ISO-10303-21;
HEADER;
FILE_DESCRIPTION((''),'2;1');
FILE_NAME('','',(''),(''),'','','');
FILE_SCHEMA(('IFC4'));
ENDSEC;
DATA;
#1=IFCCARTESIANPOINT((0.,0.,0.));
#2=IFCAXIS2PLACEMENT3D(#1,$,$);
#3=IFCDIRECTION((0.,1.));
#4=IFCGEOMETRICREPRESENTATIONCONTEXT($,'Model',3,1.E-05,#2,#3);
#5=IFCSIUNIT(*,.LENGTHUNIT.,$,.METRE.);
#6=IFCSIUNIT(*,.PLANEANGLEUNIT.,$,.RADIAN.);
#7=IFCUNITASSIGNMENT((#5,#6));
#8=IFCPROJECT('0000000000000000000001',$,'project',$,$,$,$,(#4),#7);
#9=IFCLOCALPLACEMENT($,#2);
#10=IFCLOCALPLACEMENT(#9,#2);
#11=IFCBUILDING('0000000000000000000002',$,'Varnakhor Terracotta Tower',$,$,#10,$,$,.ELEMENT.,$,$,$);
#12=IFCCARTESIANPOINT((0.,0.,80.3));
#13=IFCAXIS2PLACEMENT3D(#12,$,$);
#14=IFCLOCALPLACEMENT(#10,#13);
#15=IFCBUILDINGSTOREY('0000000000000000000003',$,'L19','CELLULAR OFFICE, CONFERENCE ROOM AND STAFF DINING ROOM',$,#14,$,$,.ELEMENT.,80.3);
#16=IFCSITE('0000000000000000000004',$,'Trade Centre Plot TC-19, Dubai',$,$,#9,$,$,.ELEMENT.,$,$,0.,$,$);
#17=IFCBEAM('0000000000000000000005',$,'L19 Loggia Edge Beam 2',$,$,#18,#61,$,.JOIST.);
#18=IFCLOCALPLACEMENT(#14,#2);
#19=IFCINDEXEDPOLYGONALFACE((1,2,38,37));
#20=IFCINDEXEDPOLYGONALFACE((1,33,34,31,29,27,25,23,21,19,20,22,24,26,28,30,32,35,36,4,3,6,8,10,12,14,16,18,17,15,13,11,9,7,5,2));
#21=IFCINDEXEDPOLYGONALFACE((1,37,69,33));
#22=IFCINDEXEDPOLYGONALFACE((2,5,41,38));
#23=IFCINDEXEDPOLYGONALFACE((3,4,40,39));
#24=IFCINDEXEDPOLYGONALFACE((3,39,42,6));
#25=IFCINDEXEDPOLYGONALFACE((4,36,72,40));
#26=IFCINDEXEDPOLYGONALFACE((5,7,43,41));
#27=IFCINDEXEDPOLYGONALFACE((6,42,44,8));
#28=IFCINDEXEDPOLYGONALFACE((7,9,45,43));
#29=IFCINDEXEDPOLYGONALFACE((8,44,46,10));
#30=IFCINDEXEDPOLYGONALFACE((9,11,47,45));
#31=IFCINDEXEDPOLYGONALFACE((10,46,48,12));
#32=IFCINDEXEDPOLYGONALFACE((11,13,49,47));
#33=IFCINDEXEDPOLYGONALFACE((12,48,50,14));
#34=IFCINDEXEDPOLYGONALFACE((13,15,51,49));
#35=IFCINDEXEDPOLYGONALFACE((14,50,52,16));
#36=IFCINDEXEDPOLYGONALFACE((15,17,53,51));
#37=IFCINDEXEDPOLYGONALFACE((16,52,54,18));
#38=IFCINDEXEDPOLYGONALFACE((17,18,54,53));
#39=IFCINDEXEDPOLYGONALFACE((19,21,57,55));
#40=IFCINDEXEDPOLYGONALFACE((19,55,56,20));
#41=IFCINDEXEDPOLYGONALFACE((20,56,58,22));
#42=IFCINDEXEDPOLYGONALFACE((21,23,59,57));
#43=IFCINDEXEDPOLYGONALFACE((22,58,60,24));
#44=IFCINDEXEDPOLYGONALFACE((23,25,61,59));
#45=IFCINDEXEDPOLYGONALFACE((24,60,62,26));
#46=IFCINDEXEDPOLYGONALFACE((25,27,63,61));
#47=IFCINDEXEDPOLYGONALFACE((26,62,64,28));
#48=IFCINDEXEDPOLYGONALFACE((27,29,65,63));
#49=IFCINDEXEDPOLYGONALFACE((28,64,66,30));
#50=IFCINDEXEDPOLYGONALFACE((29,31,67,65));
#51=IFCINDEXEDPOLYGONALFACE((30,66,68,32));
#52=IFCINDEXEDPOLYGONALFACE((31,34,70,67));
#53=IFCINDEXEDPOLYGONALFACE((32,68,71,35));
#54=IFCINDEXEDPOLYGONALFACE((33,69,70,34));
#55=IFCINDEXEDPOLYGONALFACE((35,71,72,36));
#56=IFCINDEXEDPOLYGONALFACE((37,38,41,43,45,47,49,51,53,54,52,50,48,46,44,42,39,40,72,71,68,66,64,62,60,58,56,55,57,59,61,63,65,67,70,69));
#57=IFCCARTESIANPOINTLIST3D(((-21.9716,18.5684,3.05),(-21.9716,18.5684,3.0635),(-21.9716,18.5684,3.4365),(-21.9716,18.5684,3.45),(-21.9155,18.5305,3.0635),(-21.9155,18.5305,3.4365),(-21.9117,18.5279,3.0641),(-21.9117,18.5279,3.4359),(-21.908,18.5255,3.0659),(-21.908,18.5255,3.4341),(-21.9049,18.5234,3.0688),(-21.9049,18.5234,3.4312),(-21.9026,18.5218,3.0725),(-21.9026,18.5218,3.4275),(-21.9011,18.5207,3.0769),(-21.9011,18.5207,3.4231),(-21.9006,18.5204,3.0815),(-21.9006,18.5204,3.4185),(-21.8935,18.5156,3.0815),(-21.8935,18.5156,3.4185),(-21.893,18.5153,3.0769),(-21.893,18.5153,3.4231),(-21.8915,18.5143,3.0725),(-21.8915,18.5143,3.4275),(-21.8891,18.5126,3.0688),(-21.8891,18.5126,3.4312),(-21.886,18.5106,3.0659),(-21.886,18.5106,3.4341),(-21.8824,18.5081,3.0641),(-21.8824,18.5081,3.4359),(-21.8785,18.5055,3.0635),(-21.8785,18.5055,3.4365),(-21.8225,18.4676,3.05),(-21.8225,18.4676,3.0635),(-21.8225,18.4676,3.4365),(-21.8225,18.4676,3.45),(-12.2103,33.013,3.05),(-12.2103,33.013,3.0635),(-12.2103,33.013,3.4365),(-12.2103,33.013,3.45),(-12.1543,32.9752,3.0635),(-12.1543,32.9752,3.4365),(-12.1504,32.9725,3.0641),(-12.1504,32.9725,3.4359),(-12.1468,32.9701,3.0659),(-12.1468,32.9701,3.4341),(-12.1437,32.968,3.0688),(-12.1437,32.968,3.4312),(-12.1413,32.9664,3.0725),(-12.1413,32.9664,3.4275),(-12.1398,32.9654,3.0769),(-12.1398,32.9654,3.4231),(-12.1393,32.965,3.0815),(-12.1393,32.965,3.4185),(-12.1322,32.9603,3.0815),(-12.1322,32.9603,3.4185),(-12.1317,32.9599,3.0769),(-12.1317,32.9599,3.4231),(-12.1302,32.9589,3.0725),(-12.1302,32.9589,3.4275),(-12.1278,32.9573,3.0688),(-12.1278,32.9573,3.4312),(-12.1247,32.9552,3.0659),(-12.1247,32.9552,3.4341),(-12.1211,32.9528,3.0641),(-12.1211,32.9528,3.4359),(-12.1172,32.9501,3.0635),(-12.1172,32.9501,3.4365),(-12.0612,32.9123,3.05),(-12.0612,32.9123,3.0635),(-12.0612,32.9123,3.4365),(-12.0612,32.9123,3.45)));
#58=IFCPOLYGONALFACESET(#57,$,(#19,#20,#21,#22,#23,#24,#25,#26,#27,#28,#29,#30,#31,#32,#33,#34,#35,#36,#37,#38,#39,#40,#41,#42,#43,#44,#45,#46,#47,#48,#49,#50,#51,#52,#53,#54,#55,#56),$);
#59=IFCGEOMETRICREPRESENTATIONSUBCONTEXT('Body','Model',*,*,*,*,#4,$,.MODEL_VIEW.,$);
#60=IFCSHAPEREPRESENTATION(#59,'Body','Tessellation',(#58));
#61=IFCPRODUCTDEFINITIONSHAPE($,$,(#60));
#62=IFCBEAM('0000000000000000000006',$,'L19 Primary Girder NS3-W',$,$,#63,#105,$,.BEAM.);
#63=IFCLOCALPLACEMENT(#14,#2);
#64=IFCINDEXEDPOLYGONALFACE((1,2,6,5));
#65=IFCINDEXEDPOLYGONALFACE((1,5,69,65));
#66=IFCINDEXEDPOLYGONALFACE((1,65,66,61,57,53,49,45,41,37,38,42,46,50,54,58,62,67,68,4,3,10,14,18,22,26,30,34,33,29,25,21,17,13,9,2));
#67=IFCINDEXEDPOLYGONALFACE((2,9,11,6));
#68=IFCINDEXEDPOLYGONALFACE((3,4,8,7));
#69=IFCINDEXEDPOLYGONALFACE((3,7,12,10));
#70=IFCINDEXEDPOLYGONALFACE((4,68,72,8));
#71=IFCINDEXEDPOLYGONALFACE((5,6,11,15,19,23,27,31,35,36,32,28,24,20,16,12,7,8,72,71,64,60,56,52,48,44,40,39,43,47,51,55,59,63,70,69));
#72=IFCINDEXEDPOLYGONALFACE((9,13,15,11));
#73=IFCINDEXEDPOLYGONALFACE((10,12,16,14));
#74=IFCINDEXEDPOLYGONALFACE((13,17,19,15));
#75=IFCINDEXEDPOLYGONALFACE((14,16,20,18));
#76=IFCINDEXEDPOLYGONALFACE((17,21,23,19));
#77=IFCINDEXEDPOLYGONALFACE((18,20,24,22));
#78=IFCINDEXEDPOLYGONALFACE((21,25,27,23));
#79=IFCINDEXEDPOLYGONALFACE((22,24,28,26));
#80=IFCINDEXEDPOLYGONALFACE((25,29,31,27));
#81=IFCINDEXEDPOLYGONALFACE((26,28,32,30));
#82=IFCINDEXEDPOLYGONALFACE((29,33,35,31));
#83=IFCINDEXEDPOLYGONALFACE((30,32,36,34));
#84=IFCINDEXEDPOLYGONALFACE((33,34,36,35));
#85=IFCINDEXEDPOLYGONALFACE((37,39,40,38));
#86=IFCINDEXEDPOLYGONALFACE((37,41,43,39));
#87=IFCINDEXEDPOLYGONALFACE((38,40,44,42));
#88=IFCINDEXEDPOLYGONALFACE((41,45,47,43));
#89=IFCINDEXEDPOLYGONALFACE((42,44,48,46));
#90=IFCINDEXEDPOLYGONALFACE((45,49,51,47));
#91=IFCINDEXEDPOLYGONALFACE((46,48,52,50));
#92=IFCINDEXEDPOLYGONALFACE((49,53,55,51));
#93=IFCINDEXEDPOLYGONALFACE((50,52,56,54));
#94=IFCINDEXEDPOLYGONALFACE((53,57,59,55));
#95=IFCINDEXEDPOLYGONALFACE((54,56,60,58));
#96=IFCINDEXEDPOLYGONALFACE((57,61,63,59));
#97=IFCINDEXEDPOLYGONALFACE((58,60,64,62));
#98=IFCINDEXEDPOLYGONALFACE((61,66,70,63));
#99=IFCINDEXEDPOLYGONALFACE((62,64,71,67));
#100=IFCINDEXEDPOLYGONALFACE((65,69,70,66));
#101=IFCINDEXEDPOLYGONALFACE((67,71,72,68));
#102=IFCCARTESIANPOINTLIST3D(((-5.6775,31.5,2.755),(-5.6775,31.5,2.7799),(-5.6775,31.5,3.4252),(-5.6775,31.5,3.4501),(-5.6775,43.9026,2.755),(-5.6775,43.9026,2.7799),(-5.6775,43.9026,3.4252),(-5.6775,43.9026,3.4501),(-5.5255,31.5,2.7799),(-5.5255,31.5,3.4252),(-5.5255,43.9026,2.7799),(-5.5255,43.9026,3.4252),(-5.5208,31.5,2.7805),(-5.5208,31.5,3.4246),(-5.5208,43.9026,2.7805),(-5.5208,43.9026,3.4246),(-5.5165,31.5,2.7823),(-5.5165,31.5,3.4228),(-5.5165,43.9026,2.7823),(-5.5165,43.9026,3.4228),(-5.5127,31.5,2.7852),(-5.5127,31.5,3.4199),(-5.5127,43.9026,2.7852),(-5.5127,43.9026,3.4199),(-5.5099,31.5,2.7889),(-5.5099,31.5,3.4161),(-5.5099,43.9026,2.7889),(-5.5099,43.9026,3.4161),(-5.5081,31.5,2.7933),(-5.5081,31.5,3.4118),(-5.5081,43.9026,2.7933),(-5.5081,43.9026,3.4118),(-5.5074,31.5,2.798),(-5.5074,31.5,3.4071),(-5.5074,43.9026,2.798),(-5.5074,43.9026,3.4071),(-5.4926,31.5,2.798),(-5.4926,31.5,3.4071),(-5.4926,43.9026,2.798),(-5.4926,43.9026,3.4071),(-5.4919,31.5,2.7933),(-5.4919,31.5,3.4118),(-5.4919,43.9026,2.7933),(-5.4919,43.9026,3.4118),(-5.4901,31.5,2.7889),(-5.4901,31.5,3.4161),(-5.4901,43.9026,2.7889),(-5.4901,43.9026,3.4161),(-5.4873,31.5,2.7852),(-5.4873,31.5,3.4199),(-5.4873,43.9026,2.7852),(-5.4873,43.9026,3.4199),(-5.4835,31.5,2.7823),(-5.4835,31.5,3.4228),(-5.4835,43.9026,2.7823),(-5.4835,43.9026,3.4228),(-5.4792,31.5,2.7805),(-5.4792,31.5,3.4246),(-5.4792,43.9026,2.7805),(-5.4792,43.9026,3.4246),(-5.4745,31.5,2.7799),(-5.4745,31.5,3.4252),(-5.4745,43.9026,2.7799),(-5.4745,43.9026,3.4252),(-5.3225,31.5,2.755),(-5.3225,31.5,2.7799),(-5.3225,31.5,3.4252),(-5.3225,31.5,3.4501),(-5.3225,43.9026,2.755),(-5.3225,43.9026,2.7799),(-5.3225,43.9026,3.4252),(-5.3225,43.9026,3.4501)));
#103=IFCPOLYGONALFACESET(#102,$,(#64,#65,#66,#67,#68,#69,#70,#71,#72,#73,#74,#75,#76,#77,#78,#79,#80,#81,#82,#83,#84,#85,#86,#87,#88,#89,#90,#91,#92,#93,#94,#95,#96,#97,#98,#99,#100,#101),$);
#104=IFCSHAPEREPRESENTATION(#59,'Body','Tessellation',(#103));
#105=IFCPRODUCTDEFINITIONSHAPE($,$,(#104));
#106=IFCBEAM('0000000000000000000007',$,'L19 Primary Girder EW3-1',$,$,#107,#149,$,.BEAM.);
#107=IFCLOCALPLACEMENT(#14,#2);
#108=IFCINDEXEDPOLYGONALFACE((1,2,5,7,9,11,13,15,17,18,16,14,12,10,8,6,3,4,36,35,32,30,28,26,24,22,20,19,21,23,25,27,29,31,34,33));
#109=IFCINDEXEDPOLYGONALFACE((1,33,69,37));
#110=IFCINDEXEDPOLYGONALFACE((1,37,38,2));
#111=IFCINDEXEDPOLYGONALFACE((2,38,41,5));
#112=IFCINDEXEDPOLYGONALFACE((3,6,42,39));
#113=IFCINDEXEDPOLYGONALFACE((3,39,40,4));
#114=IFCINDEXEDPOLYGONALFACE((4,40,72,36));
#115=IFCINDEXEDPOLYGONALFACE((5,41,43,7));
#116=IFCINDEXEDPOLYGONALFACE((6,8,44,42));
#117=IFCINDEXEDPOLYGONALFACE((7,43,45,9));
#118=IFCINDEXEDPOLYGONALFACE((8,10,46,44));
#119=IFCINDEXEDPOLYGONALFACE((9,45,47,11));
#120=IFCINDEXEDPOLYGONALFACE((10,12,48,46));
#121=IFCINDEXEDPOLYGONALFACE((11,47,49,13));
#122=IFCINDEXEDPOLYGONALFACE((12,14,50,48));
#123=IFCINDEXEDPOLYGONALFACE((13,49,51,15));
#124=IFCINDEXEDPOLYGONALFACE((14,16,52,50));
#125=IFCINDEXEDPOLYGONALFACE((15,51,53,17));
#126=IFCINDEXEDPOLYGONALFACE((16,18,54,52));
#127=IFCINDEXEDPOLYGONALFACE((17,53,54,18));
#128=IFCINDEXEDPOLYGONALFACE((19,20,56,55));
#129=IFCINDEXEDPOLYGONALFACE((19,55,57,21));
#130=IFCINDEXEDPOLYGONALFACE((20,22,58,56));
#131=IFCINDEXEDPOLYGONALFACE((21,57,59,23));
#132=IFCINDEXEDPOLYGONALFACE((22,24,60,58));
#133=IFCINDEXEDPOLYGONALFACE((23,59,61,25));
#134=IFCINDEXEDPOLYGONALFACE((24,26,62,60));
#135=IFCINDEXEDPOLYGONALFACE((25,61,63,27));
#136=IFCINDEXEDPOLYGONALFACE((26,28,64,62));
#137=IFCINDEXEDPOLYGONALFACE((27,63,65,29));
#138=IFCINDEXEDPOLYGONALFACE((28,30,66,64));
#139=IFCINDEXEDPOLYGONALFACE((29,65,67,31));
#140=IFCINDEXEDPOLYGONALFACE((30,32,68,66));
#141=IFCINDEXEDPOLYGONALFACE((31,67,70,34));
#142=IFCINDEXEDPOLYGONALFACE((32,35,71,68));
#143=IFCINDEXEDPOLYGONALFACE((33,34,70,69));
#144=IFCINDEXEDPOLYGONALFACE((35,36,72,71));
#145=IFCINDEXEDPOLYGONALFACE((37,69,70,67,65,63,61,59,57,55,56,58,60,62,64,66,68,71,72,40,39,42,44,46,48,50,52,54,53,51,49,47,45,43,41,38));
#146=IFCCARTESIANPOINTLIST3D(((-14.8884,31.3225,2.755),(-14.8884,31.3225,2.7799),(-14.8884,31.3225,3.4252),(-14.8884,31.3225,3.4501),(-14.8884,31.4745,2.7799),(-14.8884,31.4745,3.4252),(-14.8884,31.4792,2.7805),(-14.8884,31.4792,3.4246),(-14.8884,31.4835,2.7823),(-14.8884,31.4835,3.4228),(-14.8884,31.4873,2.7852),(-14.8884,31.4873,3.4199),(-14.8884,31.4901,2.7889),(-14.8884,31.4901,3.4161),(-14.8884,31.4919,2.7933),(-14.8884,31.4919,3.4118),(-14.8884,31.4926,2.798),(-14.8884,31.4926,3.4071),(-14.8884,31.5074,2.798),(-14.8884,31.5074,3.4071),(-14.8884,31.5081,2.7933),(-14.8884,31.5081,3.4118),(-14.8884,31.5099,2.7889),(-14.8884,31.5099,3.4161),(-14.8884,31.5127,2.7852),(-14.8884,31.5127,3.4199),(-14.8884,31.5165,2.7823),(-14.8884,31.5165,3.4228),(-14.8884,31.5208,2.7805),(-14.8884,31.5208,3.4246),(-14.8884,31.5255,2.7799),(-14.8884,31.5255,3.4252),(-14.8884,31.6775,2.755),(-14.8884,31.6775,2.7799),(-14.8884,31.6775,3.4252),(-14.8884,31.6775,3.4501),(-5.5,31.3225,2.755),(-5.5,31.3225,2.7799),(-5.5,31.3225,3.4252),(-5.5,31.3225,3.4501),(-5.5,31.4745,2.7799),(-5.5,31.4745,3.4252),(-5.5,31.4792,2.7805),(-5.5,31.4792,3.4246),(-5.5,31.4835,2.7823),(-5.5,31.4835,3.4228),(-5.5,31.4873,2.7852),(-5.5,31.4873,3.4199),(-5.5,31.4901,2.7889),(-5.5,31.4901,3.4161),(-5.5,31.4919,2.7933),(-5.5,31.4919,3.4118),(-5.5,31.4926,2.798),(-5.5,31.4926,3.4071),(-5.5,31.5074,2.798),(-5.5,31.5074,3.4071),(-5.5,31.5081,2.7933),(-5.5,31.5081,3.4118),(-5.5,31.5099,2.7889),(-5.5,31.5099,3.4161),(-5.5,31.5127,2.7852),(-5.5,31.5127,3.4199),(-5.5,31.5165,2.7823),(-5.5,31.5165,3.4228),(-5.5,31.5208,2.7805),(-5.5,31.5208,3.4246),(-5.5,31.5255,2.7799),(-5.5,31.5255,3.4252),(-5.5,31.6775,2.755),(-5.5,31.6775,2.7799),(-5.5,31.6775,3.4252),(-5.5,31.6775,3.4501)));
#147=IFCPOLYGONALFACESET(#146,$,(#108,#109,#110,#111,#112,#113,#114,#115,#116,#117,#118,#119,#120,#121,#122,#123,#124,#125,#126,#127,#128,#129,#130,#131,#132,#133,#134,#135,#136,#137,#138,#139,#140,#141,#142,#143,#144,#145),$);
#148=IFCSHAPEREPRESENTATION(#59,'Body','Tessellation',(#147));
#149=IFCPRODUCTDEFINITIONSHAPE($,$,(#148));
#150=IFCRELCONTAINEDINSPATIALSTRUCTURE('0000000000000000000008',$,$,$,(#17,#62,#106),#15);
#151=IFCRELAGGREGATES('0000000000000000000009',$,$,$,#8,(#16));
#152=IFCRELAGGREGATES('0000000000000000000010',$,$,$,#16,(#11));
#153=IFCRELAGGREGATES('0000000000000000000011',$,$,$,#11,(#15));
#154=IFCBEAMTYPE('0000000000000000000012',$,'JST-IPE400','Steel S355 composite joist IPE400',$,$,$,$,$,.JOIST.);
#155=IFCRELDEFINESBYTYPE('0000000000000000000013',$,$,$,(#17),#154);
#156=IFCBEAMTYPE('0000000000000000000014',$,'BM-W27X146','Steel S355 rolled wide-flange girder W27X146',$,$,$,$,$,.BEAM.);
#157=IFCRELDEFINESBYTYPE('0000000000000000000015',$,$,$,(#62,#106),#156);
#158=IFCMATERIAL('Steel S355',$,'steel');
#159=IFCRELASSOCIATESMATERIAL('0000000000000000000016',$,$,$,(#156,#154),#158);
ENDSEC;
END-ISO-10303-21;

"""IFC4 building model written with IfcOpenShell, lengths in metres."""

from ifc_helpers import new_model, si_unit, direction, frame, origin, origin_2d, place, context, subcontext, project, spatial, i_section, extrude, source, transform, mapped, material, material_profile, profile_set, type_object, element, save


model = new_model("IFC4")

# Units and contexts
model_context = context("Model", 3, precision=1e-05, world=origin(), true_north=direction((0.0, 1.0)))
body_context = subcontext(model_context, "Body", "Model", "MODEL_VIEW")
ifc_project = project(units=[si_unit("LENGTHUNIT", "METRE"), si_unit("PLANEANGLEUNIT", "RADIAN")], contexts=[model_context])

# Site, building, storey
site_placement = place(None, origin())
site = spatial("IfcSite", under=ifc_project, at=site_placement, Name="Trade Centre Plot TC-19, Dubai", CompositionType="ELEMENT", RefElevation=0.0)
building_placement = place(site_placement, origin())
building = spatial("IfcBuilding", under=site, at=building_placement, Name="Varnakhor Terracotta Tower", CompositionType="ELEMENT")
storey_placement = place(building_placement, frame((0.0, 0.0, 80.3)))
storey = spatial("IfcBuildingStorey", under=building, at=storey_placement, Name="L19", Description="CELLULAR OFFICE, CONFERENCE ROOM AND STAFF DINING ROOM", CompositionType="ELEMENT", Elevation=80.3)

# Beams
ifc_material_1 = material(Name="Steel S355", Category="steel")
ifc_material_profile_1 = material_profile(ifc_material_1, i_section(OverallWidth=0.355, OverallDepth=0.6951, WebThickness=0.0149, FlangeThickness=0.0249, FilletRadius=0.0181, at=origin_2d()), Name="W27X146")
ifc_profile_set_1 = profile_set([ifc_material_profile_1], Name="Steel S355")
beam_type_1 = type_object("IfcBeamType", Name="BM-W27X146", Description="Steel S355 rolled wide-flange girder W27X146", PredefinedType="BEAM", material=ifc_profile_set_1)
ifc_material_profile_2 = material_profile(ifc_material_1, i_section(OverallWidth=0.1799, OverallDepth=0.3999, WebThickness=0.0085, FlangeThickness=0.0134, FilletRadius=0.0181, at=origin_2d()), Name="IPE400")
ifc_profile_set_2 = profile_set([ifc_material_profile_2], Name="Steel S355")
beam_type_2 = type_object("IfcBeamType", Name="JST-IPE400", Description="Steel S355 composite joist IPE400", PredefinedType="JOIST", material=ifc_profile_set_2)
shared_shape_1 = source(origin(), body_context, "Body", "SweptSolid", [
    extrude(i_section(OverallWidth=0.1799, OverallDepth=0.3999, WebThickness=0.0085, FlangeThickness=0.0134, FilletRadius=0.0181, at=origin_2d()), origin(), (0.0, 0.0, 1.0), 17.4336),
])
beam_1_placement = place(storey_placement, frame((-12.1357, 32.9626, 3.25), z_axis=(-0.559912, -0.828552, 0.0), x_axis=(0.828552, -0.559912, 0.0)))
element("IfcBeam", 1, at=beam_1_placement, inside=storey, type_object=beam_type_2, Name="L19 Loggia Edge Beam 2", PredefinedType="JOIST", context=body_context, shape_type="MappedRepresentation", body=[
    mapped(shared_shape_1, transform((0.0, 0.0, 0.0), scale=1.0)),
])
shared_shape_2 = source(origin(), body_context, "Body", "SweptSolid", [
    extrude(i_section(OverallWidth=0.355, OverallDepth=0.6951, WebThickness=0.0149, FlangeThickness=0.0249, FilletRadius=0.0181, at=origin_2d()), origin(), (0.0, 0.0, 1.0), 12.4026),
])
beam_2_placement = place(storey_placement, frame((-5.5, 31.5, 3.1025), z_axis=(0.0, 1.0, 0.0), x_axis=(-1.0, 0.0, 0.0)))
element("IfcBeam", 2, at=beam_2_placement, inside=storey, type_object=beam_type_1, Name="L19 Primary Girder NS3-W", PredefinedType="BEAM", context=body_context, shape_type="MappedRepresentation", body=[
    mapped(shared_shape_2, transform((0.0, 0.0, 0.0), scale=1.0)),
])
shared_shape_3 = source(origin(), body_context, "Body", "SweptSolid", [
    extrude(i_section(OverallWidth=0.355, OverallDepth=0.6951, WebThickness=0.0149, FlangeThickness=0.0249, FilletRadius=0.0181, at=origin_2d()), origin(), (0.0, 0.0, 1.0), 9.3884),
])
beam_3_placement = place(storey_placement, frame((-14.8884, 31.5, 3.1025), z_axis=(1.0, 0.0, 0.0), x_axis=(0.0, 1.0, 0.0)))
element("IfcBeam", 3, at=beam_3_placement, inside=storey, type_object=beam_type_1, Name="L19 Primary Girder EW3-1", PredefinedType="BEAM", context=body_context, shape_type="MappedRepresentation", body=[
    mapped(shared_shape_3, transform((0.0, 0.0, 0.0), scale=1.0)),
])

save(model, "model.ifc")
